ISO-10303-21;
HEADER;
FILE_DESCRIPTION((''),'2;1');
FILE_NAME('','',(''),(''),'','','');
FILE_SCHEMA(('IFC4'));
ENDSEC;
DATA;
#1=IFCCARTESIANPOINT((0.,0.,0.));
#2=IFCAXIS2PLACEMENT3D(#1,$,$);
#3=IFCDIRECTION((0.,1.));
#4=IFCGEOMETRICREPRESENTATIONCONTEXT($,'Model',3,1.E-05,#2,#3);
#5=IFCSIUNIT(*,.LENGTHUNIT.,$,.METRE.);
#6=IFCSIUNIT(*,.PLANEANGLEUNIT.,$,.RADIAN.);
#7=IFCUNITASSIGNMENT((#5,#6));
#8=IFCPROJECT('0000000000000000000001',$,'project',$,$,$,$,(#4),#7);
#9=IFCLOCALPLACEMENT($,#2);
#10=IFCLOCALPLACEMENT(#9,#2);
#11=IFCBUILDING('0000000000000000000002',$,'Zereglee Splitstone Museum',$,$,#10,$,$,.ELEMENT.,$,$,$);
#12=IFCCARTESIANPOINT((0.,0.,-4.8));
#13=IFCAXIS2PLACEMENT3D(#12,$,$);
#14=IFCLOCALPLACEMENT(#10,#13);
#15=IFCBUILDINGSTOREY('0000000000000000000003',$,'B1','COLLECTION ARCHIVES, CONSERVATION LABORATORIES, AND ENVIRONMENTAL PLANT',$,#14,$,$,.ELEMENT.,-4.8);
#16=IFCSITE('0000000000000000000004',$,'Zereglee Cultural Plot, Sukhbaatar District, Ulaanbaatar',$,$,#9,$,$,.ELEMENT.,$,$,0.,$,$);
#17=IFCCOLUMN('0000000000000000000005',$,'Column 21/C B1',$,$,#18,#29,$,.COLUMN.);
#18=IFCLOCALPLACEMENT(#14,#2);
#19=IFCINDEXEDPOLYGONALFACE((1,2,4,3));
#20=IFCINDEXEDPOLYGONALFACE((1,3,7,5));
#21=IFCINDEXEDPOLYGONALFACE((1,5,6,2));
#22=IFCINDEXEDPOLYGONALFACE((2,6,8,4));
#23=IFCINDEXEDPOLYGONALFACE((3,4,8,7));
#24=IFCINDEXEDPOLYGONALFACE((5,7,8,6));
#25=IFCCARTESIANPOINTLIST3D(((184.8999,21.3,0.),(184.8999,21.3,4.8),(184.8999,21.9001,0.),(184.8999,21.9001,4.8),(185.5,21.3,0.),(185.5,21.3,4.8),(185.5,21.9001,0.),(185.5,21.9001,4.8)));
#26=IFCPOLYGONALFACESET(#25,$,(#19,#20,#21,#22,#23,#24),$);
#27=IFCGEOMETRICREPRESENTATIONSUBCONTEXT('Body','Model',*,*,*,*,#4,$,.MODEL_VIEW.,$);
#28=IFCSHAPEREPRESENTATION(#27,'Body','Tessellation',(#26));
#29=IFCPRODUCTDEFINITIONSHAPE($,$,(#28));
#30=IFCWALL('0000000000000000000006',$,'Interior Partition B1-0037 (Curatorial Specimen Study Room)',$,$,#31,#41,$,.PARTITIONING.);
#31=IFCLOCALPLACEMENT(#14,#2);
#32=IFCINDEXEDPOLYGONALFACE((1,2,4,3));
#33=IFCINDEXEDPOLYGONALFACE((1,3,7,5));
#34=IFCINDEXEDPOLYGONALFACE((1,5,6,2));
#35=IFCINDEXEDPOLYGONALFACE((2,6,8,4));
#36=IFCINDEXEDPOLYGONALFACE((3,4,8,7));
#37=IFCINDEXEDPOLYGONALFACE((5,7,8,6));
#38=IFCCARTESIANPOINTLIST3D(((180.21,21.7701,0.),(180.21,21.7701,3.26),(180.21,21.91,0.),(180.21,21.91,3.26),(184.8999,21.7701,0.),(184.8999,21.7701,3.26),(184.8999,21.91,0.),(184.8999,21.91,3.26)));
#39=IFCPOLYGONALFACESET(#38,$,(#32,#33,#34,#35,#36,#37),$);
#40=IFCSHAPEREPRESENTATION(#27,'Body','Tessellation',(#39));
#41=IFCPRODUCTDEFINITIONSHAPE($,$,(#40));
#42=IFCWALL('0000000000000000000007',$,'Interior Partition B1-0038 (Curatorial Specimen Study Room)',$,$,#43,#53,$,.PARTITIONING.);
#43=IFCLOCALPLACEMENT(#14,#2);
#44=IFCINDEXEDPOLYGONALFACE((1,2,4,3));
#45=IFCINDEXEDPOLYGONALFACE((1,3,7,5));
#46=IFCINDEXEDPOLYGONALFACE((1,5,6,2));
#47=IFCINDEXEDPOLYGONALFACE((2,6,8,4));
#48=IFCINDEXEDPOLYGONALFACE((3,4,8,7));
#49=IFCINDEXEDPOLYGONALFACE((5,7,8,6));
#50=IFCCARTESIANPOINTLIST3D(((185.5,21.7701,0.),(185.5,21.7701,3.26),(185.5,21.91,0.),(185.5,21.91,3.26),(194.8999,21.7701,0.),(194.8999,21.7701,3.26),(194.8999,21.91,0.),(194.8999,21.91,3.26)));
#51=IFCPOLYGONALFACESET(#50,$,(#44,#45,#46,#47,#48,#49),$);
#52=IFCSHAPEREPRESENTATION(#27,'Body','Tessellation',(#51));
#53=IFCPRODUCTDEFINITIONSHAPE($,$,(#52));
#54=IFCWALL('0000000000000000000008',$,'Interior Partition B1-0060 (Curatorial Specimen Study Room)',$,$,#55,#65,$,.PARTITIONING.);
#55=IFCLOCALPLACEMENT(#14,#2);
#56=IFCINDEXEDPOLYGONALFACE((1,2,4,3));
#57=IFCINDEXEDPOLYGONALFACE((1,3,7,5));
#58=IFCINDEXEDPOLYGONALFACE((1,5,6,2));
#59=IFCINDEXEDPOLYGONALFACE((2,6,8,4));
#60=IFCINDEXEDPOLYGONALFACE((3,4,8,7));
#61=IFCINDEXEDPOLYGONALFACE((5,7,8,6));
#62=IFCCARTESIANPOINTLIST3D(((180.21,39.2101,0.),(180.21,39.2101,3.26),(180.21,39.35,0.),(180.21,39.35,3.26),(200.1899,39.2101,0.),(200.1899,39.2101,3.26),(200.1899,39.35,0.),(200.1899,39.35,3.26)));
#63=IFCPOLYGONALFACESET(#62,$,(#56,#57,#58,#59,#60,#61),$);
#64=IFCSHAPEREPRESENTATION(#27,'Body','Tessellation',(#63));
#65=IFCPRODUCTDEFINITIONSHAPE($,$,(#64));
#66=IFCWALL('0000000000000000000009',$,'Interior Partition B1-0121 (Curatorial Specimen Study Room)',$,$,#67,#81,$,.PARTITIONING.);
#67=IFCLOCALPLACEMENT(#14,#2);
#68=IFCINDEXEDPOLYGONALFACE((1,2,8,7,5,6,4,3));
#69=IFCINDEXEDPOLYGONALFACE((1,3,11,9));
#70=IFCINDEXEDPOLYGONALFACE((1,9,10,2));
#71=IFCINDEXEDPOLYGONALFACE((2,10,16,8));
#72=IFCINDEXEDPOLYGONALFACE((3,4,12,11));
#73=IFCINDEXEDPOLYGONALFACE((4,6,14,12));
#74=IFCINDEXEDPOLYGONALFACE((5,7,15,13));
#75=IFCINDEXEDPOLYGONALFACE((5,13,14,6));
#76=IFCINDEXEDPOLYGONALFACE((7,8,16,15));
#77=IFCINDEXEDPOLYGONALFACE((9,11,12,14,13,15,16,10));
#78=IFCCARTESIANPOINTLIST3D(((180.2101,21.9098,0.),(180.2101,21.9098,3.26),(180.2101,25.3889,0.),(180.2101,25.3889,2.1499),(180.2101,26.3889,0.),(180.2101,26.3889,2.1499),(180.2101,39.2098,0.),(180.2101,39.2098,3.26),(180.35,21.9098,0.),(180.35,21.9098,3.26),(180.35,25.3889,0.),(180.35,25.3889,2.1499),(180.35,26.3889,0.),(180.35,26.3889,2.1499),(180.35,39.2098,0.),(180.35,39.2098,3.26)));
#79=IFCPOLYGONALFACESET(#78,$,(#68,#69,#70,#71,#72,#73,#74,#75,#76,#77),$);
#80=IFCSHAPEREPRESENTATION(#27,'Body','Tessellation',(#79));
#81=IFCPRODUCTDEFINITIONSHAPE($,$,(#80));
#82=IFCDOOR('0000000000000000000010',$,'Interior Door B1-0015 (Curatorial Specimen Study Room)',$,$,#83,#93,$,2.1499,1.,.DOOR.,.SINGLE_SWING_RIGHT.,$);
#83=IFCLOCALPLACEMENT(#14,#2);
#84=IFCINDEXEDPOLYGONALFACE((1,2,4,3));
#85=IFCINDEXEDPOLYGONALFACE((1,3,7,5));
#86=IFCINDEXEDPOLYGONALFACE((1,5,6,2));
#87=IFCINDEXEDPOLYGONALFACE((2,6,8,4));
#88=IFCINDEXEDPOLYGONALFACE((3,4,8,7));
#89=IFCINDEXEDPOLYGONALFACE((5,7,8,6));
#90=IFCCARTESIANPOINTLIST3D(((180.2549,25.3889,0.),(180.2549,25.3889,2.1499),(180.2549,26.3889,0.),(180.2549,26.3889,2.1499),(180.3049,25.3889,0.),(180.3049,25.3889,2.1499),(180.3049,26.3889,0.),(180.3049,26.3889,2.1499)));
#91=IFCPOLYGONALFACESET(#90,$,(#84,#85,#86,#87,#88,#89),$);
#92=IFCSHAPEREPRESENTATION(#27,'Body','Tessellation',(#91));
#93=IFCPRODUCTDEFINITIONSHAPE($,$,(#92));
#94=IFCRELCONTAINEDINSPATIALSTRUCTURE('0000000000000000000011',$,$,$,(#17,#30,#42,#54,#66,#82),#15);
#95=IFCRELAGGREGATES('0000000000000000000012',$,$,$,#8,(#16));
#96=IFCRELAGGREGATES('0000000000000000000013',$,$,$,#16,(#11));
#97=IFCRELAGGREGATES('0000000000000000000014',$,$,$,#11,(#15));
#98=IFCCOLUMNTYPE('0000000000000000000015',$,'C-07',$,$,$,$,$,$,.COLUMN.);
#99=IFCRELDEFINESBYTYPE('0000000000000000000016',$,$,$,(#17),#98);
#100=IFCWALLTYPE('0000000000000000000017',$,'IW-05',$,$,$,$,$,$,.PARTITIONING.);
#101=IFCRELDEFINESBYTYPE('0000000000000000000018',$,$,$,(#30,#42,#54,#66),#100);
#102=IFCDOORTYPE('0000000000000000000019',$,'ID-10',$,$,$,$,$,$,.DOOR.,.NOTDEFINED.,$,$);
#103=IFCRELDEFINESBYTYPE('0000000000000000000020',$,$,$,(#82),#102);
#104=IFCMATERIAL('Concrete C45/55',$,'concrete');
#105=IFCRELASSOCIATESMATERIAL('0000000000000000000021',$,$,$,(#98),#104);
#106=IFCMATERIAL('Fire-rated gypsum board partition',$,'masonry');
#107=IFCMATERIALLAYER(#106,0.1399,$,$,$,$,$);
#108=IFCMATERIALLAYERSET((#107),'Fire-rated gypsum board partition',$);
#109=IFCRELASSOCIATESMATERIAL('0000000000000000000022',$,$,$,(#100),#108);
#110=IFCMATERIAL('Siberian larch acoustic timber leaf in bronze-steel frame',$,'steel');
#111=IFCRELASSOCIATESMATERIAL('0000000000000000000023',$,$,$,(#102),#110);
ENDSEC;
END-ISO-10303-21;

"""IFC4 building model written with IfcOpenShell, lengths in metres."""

from ifc_helpers import new_model, si_unit, direction, frame, frame_2d, origin, origin_2d, place, context, subcontext, project, spatial, rectangle, extrude, material, layer, layer_set, material_profile, profile_set, type_object, element, fill, save


model = new_model("IFC4")

# Units and contexts
model_context = context("Model", 3, precision=1e-05, world=origin(), true_north=direction((0.0, 1.0)))
body_context = subcontext(model_context, "Body", "Model", "MODEL_VIEW")
ifc_project = project(units=[si_unit("LENGTHUNIT", "METRE"), si_unit("PLANEANGLEUNIT", "RADIAN")], contexts=[model_context])

# Site, building, storey
site_placement = place(None, origin())
site = spatial("IfcSite", under=ifc_project, at=site_placement, Name="Zereglee Cultural Plot, Sukhbaatar District, Ulaanbaatar", CompositionType="ELEMENT", RefElevation=0.0)
building_placement = place(site_placement, origin())
building = spatial("IfcBuilding", under=site, at=building_placement, Name="Zereglee Splitstone Museum", CompositionType="ELEMENT")
storey_placement = place(building_placement, frame((0.0, 0.0, -4.8)))
storey = spatial("IfcBuildingStorey", under=building, at=storey_placement, Name="B1", Description="COLLECTION ARCHIVES, CONSERVATION LABORATORIES, AND ENVIRONMENTAL PLANT", CompositionType="ELEMENT", Elevation=-4.8)

# Column
ifc_material_1 = material(Name="Concrete C45/55", Category="concrete")
ifc_material_profile_1 = material_profile(ifc_material_1, rectangle(XDim=0.6001, YDim=0.6001, at=origin_2d()), Name="RC 600x600")
ifc_profile_set_1 = profile_set([ifc_material_profile_1], Name="Concrete C45/55")
column_type_1 = type_object("IfcColumnType", Name="C-07", PredefinedType="COLUMN", material=ifc_profile_set_1)
column_1_placement = place(storey_placement, frame((185.2, 21.6001, 0.0), z_axis=(0.0, 0.0, 1.0), x_axis=(1.0, 0.0, 0.0)))
element("IfcColumn", 1, at=column_1_placement, inside=storey, type_object=column_type_1, Name="Column 21/C B1", PredefinedType="COLUMN", context=body_context, shape_type="SweptSolid", body=[
    extrude(rectangle(XDim=0.6001, YDim=0.6001, at=origin_2d()), origin(), (0.0, 0.0, 1.0), 4.8),
])

# Walls
ifc_material_2 = material(Name="Fire-rated gypsum board partition", Category="masonry")
ifc_layer_1 = layer(ifc_material_2, 0.1399)
ifc_layer_set_1 = layer_set([ifc_layer_1], Name="Fire-rated gypsum board partition")
wall_type_1 = type_object("IfcWallType", Name="IW-05", PredefinedType="PARTITIONING", material=ifc_layer_set_1)
wall_1_placement = place(storey_placement, frame((180.21, 21.8401, 0.0), z_axis=(0.0, 0.0, 1.0), x_axis=(1.0, 0.0, 0.0)))
element("IfcWall", 2, at=wall_1_placement, inside=storey, type_object=wall_type_1, Name="Interior Partition B1-0037 (Curatorial Specimen Study Room)", PredefinedType="PARTITIONING", context=body_context, shape_type="SweptSolid", body=[
    extrude(rectangle(XDim=4.6899, YDim=0.1399, at=frame_2d((2.345, 0.0))), origin(), (0.0, 0.0, 1.0), 3.26),
])
wall_2_placement = place(storey_placement, frame((185.5, 21.8401, 0.0), z_axis=(0.0, 0.0, 1.0), x_axis=(1.0, 0.0, 0.0)))
element("IfcWall", 3, at=wall_2_placement, inside=storey, type_object=wall_type_1, Name="Interior Partition B1-0038 (Curatorial Specimen Study Room)", PredefinedType="PARTITIONING", context=body_context, shape_type="SweptSolid", body=[
    extrude(rectangle(XDim=9.3999, YDim=0.1399, at=frame_2d((4.7, 0.0))), origin(), (0.0, 0.0, 1.0), 3.26),
])
wall_3_placement = place(storey_placement, frame((180.21, 39.28, 0.0), z_axis=(0.0, 0.0, 1.0), x_axis=(1.0, 0.0, 0.0)))
element("IfcWall", 4, at=wall_3_placement, inside=storey, type_object=wall_type_1, Name="Interior Partition B1-0060 (Curatorial Specimen Study Room)", PredefinedType="PARTITIONING", context=body_context, shape_type="SweptSolid", body=[
    extrude(rectangle(XDim=19.98, YDim=0.1399, at=frame_2d((9.99, 0.0))), origin(), (0.0, 0.0, 1.0), 3.26),
])

# Wall, opening, door
wall_4_placement = place(storey_placement, frame((180.28, 21.9099, 0.0), z_axis=(0.0, 0.0, 1.0), x_axis=(0.0, 1.0, 0.0)))
wall_4 = element("IfcWall", 5, at=wall_4_placement, inside=storey, type_object=wall_type_1, Name="Interior Partition B1-0121 (Curatorial Specimen Study Room)", PredefinedType="PARTITIONING", context=body_context, shape_type="SweptSolid", body=[
    extrude(rectangle(XDim=17.3, YDim=0.1399, at=frame_2d((8.6499, 0.0))), origin(), (0.0, 0.0, 1.0), 3.26),
])
opening_1_placement = place(wall_4_placement, frame((3.479, 0.0, 0.0)))
opening_1 = element("IfcOpeningElement", 6, at=opening_1_placement, cuts=wall_4, PredefinedType="OPENING", context=body_context, shape_type="SweptSolid", body=[
    extrude(rectangle(XDim=1.0, YDim=2.1499, at=frame_2d((0.5, 1.075))), frame((0.0, 0.085, 0.0), z_axis=(0.0, -1.0, 0.0), x_axis=(1.0, 0.0, 0.0)), (0.0, 0.0, 1.0), 0.1697),
])
ifc_material_3 = material(Name="Siberian larch acoustic timber leaf in bronze-steel frame", Category="steel")
door_type_1 = type_object("IfcDoorType", Name="ID-10", OperationType="NOTDEFINED", PredefinedType="DOOR", material=ifc_material_3)
door_1_placement = place(opening_1_placement, frame((1.0, 0.0, 0.0), z_axis=(0.0, 0.0, 1.0), x_axis=(-1.0, 0.0, 0.0)))
door_1 = element("IfcDoor", 7, at=door_1_placement, inside=storey, type_object=door_type_1, Name="Interior Door B1-0015 (Curatorial Specimen Study Room)", OperationType="SINGLE_SWING_RIGHT", OverallHeight=2.1499, OverallWidth=1.0, PredefinedType="DOOR", context=body_context, shape_type="SweptSolid", body=[
    extrude(rectangle(XDim=1.0, YDim=2.1499, at=frame_2d((0.5, 1.075))), frame((0.0, 0.0249, 0.0), z_axis=(0.0, -1.0, 0.0), x_axis=(1.0, 0.0, 0.0)), (0.0, 0.0, 1.0), 0.05),
])
fill(opening_1, door_1)

save(model, "model.ifc")
